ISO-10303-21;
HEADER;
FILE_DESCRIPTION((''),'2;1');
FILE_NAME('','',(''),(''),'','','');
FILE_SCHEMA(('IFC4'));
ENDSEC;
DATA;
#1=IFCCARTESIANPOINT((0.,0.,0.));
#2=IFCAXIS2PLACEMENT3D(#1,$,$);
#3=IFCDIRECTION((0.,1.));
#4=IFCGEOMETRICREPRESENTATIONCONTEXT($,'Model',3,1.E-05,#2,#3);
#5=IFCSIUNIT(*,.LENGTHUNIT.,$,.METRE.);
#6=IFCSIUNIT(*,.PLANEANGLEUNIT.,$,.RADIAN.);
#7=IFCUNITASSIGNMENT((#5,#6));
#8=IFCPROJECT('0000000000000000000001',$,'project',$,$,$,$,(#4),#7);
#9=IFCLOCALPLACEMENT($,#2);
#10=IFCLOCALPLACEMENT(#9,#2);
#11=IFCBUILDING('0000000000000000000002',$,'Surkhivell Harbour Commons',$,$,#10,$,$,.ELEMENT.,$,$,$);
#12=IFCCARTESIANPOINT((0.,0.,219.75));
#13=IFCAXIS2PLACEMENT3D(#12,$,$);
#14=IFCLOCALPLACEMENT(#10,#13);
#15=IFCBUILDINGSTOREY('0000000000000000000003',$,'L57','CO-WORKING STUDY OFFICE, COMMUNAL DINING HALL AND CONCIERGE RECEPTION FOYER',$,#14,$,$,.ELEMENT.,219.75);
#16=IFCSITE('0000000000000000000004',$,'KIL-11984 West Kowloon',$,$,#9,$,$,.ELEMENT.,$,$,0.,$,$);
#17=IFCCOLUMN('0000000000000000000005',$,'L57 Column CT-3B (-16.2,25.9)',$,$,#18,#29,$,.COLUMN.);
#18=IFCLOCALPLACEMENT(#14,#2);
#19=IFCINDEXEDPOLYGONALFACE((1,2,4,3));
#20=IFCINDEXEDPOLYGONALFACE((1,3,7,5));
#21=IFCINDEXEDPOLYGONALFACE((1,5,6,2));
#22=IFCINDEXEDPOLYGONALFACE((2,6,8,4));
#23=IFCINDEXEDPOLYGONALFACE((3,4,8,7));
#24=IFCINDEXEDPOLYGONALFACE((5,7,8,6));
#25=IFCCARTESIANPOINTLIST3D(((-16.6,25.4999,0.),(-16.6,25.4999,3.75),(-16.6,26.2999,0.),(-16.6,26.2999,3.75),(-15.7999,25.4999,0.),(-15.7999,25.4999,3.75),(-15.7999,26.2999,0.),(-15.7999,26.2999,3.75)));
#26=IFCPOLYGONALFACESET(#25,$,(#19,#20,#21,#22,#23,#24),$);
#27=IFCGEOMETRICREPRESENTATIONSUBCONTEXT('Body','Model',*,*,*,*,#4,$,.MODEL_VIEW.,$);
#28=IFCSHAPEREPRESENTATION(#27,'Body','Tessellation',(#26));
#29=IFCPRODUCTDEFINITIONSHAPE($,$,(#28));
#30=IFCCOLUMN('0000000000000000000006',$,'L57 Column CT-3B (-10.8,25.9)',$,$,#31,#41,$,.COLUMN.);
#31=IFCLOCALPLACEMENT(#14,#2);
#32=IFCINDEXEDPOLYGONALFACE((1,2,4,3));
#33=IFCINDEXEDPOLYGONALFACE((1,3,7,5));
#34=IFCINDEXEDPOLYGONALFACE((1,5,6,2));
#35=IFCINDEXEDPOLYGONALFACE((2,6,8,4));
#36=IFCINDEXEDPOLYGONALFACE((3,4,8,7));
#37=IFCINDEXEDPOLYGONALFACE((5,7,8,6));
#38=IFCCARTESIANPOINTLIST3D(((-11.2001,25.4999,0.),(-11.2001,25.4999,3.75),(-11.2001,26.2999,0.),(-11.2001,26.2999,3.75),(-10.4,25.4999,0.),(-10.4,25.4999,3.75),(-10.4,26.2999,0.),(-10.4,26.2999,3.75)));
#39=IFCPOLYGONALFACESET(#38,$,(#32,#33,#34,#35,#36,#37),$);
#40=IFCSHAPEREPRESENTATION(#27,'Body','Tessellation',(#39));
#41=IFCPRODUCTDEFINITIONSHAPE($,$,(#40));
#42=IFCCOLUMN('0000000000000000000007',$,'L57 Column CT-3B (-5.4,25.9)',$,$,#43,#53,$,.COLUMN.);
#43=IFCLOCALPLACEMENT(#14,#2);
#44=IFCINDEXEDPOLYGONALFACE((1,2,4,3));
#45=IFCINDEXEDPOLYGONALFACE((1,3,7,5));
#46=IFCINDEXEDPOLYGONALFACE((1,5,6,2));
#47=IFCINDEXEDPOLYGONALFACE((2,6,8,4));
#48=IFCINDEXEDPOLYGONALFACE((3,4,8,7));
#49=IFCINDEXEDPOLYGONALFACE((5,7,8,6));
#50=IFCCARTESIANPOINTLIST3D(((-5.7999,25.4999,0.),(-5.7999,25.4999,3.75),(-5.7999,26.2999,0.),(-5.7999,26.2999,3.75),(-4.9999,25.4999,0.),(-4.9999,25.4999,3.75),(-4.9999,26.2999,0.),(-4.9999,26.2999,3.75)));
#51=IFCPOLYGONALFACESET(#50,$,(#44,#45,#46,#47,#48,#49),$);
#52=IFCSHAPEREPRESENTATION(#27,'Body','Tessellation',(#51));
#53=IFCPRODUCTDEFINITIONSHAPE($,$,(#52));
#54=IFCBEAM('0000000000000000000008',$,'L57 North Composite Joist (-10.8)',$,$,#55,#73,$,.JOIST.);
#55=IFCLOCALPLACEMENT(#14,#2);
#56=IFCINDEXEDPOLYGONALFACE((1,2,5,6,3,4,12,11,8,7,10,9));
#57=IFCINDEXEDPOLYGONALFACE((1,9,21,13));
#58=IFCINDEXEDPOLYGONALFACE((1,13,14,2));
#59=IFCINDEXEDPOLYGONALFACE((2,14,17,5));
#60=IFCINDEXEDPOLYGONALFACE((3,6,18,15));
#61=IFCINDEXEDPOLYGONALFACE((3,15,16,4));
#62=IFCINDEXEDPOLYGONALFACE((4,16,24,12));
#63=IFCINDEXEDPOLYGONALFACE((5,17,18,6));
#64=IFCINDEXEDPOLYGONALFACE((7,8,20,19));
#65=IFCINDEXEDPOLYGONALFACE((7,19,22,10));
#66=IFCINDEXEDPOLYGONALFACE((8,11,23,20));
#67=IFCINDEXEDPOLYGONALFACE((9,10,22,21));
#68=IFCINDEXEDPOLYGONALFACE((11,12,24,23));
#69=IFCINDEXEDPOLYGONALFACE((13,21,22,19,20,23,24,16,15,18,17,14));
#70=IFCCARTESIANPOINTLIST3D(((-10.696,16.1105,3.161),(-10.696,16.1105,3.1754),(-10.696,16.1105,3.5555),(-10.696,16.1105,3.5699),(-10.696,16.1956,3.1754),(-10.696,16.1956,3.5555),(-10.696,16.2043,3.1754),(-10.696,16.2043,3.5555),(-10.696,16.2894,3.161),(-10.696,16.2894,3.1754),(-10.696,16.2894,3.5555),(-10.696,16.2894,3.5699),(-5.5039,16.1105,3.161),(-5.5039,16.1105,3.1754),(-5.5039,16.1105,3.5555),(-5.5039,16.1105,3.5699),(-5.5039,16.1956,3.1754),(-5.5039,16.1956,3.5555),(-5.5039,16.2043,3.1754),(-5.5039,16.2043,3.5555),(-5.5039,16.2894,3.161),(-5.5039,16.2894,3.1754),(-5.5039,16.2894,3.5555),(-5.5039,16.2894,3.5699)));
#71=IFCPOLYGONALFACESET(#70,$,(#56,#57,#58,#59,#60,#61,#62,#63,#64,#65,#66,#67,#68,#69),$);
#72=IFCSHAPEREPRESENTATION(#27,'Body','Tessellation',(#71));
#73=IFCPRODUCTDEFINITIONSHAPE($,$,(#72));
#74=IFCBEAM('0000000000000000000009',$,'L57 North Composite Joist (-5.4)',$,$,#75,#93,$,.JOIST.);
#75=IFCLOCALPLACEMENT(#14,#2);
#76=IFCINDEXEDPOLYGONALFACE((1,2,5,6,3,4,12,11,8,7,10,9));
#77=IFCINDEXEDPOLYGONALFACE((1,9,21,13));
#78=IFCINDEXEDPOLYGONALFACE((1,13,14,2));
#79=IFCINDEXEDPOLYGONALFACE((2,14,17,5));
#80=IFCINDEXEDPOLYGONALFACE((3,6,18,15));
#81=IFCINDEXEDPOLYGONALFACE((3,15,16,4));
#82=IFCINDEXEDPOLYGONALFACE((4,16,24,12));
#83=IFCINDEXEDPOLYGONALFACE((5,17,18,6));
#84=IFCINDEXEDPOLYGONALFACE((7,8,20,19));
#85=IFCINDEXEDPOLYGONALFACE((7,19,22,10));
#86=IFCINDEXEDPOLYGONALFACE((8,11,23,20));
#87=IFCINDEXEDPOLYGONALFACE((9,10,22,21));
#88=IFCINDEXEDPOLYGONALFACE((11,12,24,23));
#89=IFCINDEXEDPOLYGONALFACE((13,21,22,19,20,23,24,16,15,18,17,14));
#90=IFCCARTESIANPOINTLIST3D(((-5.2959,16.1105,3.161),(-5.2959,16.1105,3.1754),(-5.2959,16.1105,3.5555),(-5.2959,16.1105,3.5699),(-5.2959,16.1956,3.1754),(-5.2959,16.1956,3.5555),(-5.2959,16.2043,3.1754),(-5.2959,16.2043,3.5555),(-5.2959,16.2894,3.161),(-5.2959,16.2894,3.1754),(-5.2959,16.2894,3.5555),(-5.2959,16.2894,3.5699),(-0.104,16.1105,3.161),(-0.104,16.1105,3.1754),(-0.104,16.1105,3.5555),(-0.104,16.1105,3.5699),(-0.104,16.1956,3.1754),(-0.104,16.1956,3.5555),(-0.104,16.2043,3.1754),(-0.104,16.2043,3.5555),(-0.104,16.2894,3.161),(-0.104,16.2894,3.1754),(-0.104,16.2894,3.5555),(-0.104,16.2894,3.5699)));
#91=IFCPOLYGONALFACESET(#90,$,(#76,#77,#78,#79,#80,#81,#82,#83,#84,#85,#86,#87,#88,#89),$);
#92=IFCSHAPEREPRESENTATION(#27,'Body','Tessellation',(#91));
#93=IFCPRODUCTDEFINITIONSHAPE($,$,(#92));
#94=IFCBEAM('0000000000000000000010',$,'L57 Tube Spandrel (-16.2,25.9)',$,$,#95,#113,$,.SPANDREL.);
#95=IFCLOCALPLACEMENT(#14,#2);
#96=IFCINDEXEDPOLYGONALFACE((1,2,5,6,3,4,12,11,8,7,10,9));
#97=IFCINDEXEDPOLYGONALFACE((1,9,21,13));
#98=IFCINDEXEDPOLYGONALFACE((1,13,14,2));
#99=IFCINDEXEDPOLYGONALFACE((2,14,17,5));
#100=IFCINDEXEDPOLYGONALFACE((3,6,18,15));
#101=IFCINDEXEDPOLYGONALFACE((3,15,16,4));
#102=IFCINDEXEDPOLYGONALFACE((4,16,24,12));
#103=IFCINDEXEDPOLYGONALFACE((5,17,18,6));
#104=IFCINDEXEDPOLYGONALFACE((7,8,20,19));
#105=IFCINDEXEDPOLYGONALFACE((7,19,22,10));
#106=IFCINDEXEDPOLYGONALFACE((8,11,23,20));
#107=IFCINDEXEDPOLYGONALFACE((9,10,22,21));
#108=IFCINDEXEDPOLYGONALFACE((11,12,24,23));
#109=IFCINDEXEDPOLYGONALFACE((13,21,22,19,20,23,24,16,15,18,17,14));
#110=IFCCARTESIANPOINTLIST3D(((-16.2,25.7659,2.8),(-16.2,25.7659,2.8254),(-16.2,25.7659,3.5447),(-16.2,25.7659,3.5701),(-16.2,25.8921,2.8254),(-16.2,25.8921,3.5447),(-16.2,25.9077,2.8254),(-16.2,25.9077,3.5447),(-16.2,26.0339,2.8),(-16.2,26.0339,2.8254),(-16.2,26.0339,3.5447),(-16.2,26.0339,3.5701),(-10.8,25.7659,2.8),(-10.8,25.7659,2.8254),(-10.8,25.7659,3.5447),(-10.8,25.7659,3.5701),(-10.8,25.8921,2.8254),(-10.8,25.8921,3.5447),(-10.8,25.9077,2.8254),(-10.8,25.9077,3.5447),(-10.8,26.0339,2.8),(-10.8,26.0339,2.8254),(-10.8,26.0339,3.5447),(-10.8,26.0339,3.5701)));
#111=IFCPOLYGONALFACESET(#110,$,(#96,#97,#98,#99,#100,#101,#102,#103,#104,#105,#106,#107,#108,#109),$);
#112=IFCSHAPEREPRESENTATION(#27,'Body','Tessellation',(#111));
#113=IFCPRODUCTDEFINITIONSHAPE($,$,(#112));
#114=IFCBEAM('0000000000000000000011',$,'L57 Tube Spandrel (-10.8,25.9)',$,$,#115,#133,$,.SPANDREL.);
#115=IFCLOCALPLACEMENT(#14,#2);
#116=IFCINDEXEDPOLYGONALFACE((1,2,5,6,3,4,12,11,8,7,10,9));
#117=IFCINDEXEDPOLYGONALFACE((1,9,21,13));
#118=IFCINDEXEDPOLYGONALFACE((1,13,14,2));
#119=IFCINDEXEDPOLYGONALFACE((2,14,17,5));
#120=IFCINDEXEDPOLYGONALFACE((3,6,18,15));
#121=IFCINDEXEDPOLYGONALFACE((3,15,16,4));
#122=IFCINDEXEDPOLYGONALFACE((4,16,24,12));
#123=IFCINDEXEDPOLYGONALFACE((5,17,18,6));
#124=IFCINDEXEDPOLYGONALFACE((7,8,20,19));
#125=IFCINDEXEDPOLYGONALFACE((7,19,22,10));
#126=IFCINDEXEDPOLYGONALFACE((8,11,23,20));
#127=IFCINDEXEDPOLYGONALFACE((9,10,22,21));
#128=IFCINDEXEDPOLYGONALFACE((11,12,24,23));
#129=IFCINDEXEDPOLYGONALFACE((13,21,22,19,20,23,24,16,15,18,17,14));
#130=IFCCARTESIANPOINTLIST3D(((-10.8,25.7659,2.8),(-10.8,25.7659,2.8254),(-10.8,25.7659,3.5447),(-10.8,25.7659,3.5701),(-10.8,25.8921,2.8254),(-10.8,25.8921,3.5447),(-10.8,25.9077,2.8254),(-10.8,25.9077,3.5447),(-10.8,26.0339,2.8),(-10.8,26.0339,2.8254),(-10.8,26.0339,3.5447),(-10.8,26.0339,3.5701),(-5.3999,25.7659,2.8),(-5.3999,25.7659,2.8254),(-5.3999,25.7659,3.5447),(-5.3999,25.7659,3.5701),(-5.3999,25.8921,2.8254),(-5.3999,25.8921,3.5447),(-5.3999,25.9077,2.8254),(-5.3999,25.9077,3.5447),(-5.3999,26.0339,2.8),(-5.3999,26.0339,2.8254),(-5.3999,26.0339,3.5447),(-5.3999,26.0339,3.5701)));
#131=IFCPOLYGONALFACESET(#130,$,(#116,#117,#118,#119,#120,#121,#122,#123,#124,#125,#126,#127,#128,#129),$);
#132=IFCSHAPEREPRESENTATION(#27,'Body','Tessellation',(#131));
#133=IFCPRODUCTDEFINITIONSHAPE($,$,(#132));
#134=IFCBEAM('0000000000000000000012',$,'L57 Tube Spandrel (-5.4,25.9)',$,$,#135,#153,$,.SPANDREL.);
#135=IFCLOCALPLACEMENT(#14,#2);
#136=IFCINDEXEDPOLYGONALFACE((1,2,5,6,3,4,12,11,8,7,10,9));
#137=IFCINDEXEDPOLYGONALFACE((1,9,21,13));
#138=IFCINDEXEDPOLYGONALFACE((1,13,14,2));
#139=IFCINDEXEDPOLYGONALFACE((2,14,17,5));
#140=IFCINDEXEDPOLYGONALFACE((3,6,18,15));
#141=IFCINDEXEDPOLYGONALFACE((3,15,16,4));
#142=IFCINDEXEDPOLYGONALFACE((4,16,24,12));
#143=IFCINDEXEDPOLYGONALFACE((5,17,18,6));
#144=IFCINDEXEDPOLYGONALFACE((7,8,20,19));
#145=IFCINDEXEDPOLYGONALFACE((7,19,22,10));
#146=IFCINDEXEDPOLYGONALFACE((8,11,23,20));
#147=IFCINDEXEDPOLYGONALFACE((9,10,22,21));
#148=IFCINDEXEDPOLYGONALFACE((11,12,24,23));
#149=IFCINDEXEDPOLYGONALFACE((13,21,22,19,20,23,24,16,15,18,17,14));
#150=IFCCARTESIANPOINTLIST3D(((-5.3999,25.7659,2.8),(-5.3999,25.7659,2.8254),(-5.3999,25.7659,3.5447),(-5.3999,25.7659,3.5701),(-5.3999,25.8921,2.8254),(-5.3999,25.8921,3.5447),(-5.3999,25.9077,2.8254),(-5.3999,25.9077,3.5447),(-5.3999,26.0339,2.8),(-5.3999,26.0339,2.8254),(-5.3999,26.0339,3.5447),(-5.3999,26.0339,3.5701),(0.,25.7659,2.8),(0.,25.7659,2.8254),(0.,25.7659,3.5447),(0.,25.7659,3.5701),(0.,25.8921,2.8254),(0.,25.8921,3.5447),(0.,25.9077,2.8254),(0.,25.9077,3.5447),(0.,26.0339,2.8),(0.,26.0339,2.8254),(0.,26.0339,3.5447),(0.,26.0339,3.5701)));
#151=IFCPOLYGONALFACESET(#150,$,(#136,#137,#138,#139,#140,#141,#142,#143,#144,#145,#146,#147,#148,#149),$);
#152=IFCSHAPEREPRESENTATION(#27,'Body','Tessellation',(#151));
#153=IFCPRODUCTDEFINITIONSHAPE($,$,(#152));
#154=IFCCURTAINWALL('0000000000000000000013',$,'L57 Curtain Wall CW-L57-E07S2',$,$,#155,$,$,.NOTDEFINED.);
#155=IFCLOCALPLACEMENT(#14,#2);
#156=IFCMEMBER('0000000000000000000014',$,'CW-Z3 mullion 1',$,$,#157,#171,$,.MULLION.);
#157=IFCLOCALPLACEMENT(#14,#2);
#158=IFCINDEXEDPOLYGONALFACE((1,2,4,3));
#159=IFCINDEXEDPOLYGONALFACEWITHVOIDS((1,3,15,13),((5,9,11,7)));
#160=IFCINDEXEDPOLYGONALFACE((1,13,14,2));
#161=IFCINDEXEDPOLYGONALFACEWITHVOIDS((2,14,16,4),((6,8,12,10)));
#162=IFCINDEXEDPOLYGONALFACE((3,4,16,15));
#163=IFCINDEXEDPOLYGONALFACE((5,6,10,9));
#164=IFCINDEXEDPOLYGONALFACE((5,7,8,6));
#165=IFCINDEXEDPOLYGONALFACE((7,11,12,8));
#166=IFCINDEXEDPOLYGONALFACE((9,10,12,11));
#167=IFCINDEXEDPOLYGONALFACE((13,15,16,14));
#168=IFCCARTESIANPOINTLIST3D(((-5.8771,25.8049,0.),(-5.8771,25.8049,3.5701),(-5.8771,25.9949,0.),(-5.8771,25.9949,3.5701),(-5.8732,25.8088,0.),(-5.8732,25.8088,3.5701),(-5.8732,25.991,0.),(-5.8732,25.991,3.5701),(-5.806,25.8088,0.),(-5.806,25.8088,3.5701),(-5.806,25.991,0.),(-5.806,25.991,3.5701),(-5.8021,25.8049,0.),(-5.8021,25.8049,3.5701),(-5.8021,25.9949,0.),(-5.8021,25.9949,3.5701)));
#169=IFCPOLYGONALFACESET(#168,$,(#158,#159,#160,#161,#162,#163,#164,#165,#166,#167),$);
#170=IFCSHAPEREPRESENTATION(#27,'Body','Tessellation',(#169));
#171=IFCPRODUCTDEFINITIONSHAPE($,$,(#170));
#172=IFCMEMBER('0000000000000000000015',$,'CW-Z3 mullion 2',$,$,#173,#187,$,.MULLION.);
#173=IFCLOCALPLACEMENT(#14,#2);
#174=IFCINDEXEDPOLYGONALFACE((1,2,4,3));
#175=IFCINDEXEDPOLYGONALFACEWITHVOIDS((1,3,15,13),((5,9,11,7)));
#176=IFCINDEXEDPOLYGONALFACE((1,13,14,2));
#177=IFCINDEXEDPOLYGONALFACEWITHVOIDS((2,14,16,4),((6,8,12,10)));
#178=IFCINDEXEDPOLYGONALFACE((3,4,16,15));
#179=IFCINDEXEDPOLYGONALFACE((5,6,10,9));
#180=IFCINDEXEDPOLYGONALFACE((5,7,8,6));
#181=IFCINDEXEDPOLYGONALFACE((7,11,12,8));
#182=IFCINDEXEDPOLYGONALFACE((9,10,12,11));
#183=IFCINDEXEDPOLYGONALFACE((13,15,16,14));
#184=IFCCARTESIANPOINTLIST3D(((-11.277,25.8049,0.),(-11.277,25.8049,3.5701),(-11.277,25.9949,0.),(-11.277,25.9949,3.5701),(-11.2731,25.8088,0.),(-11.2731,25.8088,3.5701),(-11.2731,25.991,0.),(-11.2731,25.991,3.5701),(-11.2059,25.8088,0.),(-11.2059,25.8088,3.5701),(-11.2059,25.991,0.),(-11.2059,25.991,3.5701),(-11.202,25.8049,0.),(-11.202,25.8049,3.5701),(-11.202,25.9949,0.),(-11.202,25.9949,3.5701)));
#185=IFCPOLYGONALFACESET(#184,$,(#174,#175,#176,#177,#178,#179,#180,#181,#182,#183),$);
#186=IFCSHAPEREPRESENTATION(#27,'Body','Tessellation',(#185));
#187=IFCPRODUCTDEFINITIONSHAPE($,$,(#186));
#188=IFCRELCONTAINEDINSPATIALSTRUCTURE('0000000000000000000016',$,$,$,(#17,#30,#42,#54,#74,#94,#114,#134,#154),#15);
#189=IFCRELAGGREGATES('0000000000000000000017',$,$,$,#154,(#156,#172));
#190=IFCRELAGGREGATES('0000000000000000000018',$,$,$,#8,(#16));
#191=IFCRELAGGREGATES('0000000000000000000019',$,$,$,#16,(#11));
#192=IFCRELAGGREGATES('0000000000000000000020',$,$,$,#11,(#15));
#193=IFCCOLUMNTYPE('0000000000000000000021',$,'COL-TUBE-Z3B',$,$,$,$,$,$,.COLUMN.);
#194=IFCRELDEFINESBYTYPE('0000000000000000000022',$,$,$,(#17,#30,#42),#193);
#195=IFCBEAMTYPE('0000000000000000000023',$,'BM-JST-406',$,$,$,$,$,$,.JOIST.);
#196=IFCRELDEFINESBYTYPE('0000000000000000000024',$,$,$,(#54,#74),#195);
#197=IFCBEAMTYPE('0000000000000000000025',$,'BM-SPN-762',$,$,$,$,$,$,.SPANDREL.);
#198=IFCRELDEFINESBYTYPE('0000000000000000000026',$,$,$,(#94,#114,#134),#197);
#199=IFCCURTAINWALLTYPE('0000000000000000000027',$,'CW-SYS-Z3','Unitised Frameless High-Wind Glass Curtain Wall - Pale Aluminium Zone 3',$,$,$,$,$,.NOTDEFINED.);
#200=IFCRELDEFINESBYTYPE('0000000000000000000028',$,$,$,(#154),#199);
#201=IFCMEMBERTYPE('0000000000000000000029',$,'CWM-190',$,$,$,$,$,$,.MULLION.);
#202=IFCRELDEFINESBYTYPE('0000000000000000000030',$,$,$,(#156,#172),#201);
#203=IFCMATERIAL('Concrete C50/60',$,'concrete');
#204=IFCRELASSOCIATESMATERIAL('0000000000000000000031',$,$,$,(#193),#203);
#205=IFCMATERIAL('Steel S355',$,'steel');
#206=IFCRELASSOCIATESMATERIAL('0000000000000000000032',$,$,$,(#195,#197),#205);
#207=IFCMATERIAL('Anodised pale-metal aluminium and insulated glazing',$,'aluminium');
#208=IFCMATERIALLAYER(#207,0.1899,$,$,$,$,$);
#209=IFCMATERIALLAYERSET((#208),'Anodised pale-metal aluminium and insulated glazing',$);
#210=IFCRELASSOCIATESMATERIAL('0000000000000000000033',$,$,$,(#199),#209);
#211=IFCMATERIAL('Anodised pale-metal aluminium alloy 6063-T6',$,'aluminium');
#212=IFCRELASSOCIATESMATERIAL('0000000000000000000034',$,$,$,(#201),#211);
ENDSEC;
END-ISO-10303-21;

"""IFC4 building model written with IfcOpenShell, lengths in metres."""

from ifc_helpers import new_model, si_unit, direction, frame, origin, origin_2d, place, context, subcontext, project, spatial, rectangle, hollow_rectangle, i_section, extrude, material, layer, layer_set, material_profile, profile_set, type_object, element, aggregate, save


model = new_model("IFC4")

# Units and contexts
model_context = context("Model", 3, precision=1e-05, world=origin(), true_north=direction((0.0, 1.0)))
body_context = subcontext(model_context, "Body", "Model", "MODEL_VIEW")
ifc_project = project(units=[si_unit("LENGTHUNIT", "METRE"), si_unit("PLANEANGLEUNIT", "RADIAN")], contexts=[model_context])

# Site, building, storey
site_placement = place(None, origin())
site = spatial("IfcSite", under=ifc_project, at=site_placement, Name="KIL-11984 West Kowloon", CompositionType="ELEMENT", RefElevation=0.0)
building_placement = place(site_placement, origin())
building = spatial("IfcBuilding", under=site, at=building_placement, Name="Surkhivell Harbour Commons", CompositionType="ELEMENT")
storey_placement = place(building_placement, frame((0.0, 0.0, 219.75)))
storey = spatial("IfcBuildingStorey", under=building, at=storey_placement, Name="L57", Description="CO-WORKING STUDY OFFICE, COMMUNAL DINING HALL AND CONCIERGE RECEPTION FOYER", CompositionType="ELEMENT", Elevation=219.75)

# Columns
ifc_material_1 = material(Name="Concrete C50/60", Category="concrete")
ifc_material_profile_1 = material_profile(ifc_material_1, rectangle(XDim=0.8, YDim=0.8, at=origin_2d()), Name="RC-COL-800x800")
ifc_profile_set_1 = profile_set([ifc_material_profile_1], Name="Concrete C50/60")
column_type = type_object("IfcColumnType", Name="COL-TUBE-Z3B", PredefinedType="COLUMN", material=ifc_profile_set_1)
for number, where, z_axis, x_axis, name in (
    (1, (-16.2, 25.8999, 0.0), (0.0, 0.0, 1.0), (1.0, 0.0, 0.0), "L57 Column CT-3B (-16.2,25.9)"),
    (2, (-10.8, 25.8999, 0.0), (0.0, 0.0, 1.0), (1.0, 0.0, 0.0), "L57 Column CT-3B (-10.8,25.9)"),
    (3, (-5.3999, 25.8999, 0.0), (0.0, 0.0, 1.0), (1.0, 0.0, 0.0), "L57 Column CT-3B (-5.4,25.9)"),
):
    element("IfcColumn", number, at=place(storey_placement, frame(where, z_axis=z_axis, x_axis=x_axis)), inside=storey, type_object=column_type, Name=name, PredefinedType="COLUMN", context=body_context, shape_type="SweptSolid", body=[
        extrude(rectangle(XDim=0.8, YDim=0.8, at=origin_2d()), origin(), (0.0, 0.0, 1.0), 3.75),
    ])

# Beams
ifc_material_2 = material(Name="Steel S355", Category="steel")
ifc_material_profile_2 = material_profile(ifc_material_2, i_section(OverallWidth=0.179, OverallDepth=0.4089, WebThickness=0.0088, FlangeThickness=0.0144, at=origin_2d()), Name="UB406x178x67")
ifc_profile_set_2 = profile_set([ifc_material_profile_2], Name="Steel S355")
beam_type_1 = type_object("IfcBeamType", Name="BM-JST-406", PredefinedType="JOIST", material=ifc_profile_set_2)
beam_1_placement = place(storey_placement, frame((-10.696, 16.2, 3.3655), z_axis=(1.0, 0.0, 0.0), x_axis=(0.0, 1.0, 0.0)))
element("IfcBeam", 4, at=beam_1_placement, inside=storey, type_object=beam_type_1, Name="L57 North Composite Joist (-10.8)", PredefinedType="JOIST", context=body_context, shape_type="SweptSolid", body=[
    extrude(i_section(OverallWidth=0.179, OverallDepth=0.4089, WebThickness=0.0088, FlangeThickness=0.0144, at=origin_2d()), origin(), (0.0, 0.0, 1.0), 5.1921),
])
beam_2_placement = place(storey_placement, frame((-5.2959, 16.2, 3.3655), z_axis=(1.0, 0.0, 0.0), x_axis=(0.0, 1.0, 0.0)))
element("IfcBeam", 5, at=beam_2_placement, inside=storey, type_object=beam_type_1, Name="L57 North Composite Joist (-5.4)", PredefinedType="JOIST", context=body_context, shape_type="SweptSolid", body=[
    extrude(i_section(OverallWidth=0.179, OverallDepth=0.4089, WebThickness=0.0088, FlangeThickness=0.0144, at=origin_2d()), origin(), (0.0, 0.0, 1.0), 5.1919),
])
ifc_material_profile_3 = material_profile(ifc_material_2, i_section(OverallWidth=0.2681, OverallDepth=0.77, WebThickness=0.0156, FlangeThickness=0.0254, at=origin_2d()), Name="UB762x267x197")
ifc_profile_set_3 = profile_set([ifc_material_profile_3], Name="Steel S355")
beam_type_2 = type_object("IfcBeamType", Name="BM-SPN-762", PredefinedType="SPANDREL", material=ifc_profile_set_3)
beam_3_placement = place(storey_placement, frame((-16.2, 25.8999, 3.1851), z_axis=(1.0, 0.0, 0.0), x_axis=(0.0, 1.0, 0.0)))
element("IfcBeam", 6, at=beam_3_placement, inside=storey, type_object=beam_type_2, Name="L57 Tube Spandrel (-16.2,25.9)", PredefinedType="SPANDREL", context=body_context, shape_type="SweptSolid", body=[
    extrude(i_section(OverallWidth=0.2681, OverallDepth=0.77, WebThickness=0.0156, FlangeThickness=0.0254, at=origin_2d()), origin(), (0.0, 0.0, 1.0), 5.3999),
])
beam_4_placement = place(storey_placement, frame((-10.8, 25.8999, 3.1851), z_axis=(1.0, 0.0, 0.0), x_axis=(0.0, 1.0, 0.0)))
element("IfcBeam", 7, at=beam_4_placement, inside=storey, type_object=beam_type_2, Name="L57 Tube Spandrel (-10.8,25.9)", PredefinedType="SPANDREL", context=body_context, shape_type="SweptSolid", body=[
    extrude(i_section(OverallWidth=0.2681, OverallDepth=0.77, WebThickness=0.0156, FlangeThickness=0.0254, at=origin_2d()), origin(), (0.0, 0.0, 1.0), 5.4001),
])
beam_5_placement = place(storey_placement, frame((-5.3999, 25.8999, 3.1851), z_axis=(1.0, 0.0, 0.0), x_axis=(0.0, 1.0, 0.0)))
element("IfcBeam", 8, at=beam_5_placement, inside=storey, type_object=beam_type_2, Name="L57 Tube Spandrel (-5.4,25.9)", PredefinedType="SPANDREL", context=body_context, shape_type="SweptSolid", body=[
    extrude(i_section(OverallWidth=0.2681, OverallDepth=0.77, WebThickness=0.0156, FlangeThickness=0.0254, at=origin_2d()), origin(), (0.0, 0.0, 1.0), 5.3999),
])

# Curtain wall, members
ifc_material_3 = material(Name="Anodised pale-metal aluminium and insulated glazing", Category="aluminium")
ifc_layer_1 = layer(ifc_material_3, 0.1899)
ifc_layer_set_1 = layer_set([ifc_layer_1], Name="Anodised pale-metal aluminium and insulated glazing")
curtain_wall_type = type_object("IfcCurtainWallType", Name="CW-SYS-Z3", Description="Unitised Frameless High-Wind Glass Curtain Wall - Pale Aluminium Zone 3", PredefinedType="NOTDEFINED", material=ifc_layer_set_1)
curtain_wall_placement = place(storey_placement, origin())
curtain_wall = element("IfcCurtainWall", 9, at=curtain_wall_placement, inside=storey, type_object=curtain_wall_type, Name="L57 Curtain Wall CW-L57-E07S2", PredefinedType="NOTDEFINED")
ifc_material_4 = material(Name="Anodised pale-metal aluminium alloy 6063-T6", Category="aluminium")
ifc_material_profile_4 = material_profile(ifc_material_4, hollow_rectangle(XDim=0.075, YDim=0.1899, WallThickness=0.0039, at=origin_2d()), Name="ALU-MULL-75x190")
ifc_profile_set_4 = profile_set([ifc_material_profile_4], Name="Anodised pale-metal aluminium alloy 6063-T6")
member_type_1 = type_object("IfcMemberType", Name="CWM-190", PredefinedType="MULLION", material=ifc_profile_set_4)
member_1_placement = place(storey_placement, frame((-5.8396, 25.8999, 0.0), z_axis=(0.0, 0.0, 1.0), x_axis=(-1.0, 0.0, 0.0)))
member_1 = element("IfcMember", 10, at=member_1_placement, type_object=member_type_1, Name="CW-Z3 mullion 1", PredefinedType="MULLION", context=body_context, shape_type="SweptSolid", body=[
    extrude(hollow_rectangle(XDim=0.075, YDim=0.1899, WallThickness=0.0039, at=origin_2d()), origin(), (0.0, 0.0, 1.0), 3.5701),
])
member_2_placement = place(storey_placement, frame((-11.2395, 25.8999, 0.0), z_axis=(0.0, 0.0, 1.0), x_axis=(-1.0, 0.0, 0.0)))
member_2 = element("IfcMember", 11, at=member_2_placement, type_object=member_type_1, Name="CW-Z3 mullion 2", PredefinedType="MULLION", context=body_context, shape_type="SweptSolid", body=[
    extrude(hollow_rectangle(XDim=0.075, YDim=0.1899, WallThickness=0.0039, at=origin_2d()), origin(), (0.0, 0.0, 1.0), 3.5701),
])

aggregate(curtain_wall, [member_1, member_2])

save(model, "model.ifc")
